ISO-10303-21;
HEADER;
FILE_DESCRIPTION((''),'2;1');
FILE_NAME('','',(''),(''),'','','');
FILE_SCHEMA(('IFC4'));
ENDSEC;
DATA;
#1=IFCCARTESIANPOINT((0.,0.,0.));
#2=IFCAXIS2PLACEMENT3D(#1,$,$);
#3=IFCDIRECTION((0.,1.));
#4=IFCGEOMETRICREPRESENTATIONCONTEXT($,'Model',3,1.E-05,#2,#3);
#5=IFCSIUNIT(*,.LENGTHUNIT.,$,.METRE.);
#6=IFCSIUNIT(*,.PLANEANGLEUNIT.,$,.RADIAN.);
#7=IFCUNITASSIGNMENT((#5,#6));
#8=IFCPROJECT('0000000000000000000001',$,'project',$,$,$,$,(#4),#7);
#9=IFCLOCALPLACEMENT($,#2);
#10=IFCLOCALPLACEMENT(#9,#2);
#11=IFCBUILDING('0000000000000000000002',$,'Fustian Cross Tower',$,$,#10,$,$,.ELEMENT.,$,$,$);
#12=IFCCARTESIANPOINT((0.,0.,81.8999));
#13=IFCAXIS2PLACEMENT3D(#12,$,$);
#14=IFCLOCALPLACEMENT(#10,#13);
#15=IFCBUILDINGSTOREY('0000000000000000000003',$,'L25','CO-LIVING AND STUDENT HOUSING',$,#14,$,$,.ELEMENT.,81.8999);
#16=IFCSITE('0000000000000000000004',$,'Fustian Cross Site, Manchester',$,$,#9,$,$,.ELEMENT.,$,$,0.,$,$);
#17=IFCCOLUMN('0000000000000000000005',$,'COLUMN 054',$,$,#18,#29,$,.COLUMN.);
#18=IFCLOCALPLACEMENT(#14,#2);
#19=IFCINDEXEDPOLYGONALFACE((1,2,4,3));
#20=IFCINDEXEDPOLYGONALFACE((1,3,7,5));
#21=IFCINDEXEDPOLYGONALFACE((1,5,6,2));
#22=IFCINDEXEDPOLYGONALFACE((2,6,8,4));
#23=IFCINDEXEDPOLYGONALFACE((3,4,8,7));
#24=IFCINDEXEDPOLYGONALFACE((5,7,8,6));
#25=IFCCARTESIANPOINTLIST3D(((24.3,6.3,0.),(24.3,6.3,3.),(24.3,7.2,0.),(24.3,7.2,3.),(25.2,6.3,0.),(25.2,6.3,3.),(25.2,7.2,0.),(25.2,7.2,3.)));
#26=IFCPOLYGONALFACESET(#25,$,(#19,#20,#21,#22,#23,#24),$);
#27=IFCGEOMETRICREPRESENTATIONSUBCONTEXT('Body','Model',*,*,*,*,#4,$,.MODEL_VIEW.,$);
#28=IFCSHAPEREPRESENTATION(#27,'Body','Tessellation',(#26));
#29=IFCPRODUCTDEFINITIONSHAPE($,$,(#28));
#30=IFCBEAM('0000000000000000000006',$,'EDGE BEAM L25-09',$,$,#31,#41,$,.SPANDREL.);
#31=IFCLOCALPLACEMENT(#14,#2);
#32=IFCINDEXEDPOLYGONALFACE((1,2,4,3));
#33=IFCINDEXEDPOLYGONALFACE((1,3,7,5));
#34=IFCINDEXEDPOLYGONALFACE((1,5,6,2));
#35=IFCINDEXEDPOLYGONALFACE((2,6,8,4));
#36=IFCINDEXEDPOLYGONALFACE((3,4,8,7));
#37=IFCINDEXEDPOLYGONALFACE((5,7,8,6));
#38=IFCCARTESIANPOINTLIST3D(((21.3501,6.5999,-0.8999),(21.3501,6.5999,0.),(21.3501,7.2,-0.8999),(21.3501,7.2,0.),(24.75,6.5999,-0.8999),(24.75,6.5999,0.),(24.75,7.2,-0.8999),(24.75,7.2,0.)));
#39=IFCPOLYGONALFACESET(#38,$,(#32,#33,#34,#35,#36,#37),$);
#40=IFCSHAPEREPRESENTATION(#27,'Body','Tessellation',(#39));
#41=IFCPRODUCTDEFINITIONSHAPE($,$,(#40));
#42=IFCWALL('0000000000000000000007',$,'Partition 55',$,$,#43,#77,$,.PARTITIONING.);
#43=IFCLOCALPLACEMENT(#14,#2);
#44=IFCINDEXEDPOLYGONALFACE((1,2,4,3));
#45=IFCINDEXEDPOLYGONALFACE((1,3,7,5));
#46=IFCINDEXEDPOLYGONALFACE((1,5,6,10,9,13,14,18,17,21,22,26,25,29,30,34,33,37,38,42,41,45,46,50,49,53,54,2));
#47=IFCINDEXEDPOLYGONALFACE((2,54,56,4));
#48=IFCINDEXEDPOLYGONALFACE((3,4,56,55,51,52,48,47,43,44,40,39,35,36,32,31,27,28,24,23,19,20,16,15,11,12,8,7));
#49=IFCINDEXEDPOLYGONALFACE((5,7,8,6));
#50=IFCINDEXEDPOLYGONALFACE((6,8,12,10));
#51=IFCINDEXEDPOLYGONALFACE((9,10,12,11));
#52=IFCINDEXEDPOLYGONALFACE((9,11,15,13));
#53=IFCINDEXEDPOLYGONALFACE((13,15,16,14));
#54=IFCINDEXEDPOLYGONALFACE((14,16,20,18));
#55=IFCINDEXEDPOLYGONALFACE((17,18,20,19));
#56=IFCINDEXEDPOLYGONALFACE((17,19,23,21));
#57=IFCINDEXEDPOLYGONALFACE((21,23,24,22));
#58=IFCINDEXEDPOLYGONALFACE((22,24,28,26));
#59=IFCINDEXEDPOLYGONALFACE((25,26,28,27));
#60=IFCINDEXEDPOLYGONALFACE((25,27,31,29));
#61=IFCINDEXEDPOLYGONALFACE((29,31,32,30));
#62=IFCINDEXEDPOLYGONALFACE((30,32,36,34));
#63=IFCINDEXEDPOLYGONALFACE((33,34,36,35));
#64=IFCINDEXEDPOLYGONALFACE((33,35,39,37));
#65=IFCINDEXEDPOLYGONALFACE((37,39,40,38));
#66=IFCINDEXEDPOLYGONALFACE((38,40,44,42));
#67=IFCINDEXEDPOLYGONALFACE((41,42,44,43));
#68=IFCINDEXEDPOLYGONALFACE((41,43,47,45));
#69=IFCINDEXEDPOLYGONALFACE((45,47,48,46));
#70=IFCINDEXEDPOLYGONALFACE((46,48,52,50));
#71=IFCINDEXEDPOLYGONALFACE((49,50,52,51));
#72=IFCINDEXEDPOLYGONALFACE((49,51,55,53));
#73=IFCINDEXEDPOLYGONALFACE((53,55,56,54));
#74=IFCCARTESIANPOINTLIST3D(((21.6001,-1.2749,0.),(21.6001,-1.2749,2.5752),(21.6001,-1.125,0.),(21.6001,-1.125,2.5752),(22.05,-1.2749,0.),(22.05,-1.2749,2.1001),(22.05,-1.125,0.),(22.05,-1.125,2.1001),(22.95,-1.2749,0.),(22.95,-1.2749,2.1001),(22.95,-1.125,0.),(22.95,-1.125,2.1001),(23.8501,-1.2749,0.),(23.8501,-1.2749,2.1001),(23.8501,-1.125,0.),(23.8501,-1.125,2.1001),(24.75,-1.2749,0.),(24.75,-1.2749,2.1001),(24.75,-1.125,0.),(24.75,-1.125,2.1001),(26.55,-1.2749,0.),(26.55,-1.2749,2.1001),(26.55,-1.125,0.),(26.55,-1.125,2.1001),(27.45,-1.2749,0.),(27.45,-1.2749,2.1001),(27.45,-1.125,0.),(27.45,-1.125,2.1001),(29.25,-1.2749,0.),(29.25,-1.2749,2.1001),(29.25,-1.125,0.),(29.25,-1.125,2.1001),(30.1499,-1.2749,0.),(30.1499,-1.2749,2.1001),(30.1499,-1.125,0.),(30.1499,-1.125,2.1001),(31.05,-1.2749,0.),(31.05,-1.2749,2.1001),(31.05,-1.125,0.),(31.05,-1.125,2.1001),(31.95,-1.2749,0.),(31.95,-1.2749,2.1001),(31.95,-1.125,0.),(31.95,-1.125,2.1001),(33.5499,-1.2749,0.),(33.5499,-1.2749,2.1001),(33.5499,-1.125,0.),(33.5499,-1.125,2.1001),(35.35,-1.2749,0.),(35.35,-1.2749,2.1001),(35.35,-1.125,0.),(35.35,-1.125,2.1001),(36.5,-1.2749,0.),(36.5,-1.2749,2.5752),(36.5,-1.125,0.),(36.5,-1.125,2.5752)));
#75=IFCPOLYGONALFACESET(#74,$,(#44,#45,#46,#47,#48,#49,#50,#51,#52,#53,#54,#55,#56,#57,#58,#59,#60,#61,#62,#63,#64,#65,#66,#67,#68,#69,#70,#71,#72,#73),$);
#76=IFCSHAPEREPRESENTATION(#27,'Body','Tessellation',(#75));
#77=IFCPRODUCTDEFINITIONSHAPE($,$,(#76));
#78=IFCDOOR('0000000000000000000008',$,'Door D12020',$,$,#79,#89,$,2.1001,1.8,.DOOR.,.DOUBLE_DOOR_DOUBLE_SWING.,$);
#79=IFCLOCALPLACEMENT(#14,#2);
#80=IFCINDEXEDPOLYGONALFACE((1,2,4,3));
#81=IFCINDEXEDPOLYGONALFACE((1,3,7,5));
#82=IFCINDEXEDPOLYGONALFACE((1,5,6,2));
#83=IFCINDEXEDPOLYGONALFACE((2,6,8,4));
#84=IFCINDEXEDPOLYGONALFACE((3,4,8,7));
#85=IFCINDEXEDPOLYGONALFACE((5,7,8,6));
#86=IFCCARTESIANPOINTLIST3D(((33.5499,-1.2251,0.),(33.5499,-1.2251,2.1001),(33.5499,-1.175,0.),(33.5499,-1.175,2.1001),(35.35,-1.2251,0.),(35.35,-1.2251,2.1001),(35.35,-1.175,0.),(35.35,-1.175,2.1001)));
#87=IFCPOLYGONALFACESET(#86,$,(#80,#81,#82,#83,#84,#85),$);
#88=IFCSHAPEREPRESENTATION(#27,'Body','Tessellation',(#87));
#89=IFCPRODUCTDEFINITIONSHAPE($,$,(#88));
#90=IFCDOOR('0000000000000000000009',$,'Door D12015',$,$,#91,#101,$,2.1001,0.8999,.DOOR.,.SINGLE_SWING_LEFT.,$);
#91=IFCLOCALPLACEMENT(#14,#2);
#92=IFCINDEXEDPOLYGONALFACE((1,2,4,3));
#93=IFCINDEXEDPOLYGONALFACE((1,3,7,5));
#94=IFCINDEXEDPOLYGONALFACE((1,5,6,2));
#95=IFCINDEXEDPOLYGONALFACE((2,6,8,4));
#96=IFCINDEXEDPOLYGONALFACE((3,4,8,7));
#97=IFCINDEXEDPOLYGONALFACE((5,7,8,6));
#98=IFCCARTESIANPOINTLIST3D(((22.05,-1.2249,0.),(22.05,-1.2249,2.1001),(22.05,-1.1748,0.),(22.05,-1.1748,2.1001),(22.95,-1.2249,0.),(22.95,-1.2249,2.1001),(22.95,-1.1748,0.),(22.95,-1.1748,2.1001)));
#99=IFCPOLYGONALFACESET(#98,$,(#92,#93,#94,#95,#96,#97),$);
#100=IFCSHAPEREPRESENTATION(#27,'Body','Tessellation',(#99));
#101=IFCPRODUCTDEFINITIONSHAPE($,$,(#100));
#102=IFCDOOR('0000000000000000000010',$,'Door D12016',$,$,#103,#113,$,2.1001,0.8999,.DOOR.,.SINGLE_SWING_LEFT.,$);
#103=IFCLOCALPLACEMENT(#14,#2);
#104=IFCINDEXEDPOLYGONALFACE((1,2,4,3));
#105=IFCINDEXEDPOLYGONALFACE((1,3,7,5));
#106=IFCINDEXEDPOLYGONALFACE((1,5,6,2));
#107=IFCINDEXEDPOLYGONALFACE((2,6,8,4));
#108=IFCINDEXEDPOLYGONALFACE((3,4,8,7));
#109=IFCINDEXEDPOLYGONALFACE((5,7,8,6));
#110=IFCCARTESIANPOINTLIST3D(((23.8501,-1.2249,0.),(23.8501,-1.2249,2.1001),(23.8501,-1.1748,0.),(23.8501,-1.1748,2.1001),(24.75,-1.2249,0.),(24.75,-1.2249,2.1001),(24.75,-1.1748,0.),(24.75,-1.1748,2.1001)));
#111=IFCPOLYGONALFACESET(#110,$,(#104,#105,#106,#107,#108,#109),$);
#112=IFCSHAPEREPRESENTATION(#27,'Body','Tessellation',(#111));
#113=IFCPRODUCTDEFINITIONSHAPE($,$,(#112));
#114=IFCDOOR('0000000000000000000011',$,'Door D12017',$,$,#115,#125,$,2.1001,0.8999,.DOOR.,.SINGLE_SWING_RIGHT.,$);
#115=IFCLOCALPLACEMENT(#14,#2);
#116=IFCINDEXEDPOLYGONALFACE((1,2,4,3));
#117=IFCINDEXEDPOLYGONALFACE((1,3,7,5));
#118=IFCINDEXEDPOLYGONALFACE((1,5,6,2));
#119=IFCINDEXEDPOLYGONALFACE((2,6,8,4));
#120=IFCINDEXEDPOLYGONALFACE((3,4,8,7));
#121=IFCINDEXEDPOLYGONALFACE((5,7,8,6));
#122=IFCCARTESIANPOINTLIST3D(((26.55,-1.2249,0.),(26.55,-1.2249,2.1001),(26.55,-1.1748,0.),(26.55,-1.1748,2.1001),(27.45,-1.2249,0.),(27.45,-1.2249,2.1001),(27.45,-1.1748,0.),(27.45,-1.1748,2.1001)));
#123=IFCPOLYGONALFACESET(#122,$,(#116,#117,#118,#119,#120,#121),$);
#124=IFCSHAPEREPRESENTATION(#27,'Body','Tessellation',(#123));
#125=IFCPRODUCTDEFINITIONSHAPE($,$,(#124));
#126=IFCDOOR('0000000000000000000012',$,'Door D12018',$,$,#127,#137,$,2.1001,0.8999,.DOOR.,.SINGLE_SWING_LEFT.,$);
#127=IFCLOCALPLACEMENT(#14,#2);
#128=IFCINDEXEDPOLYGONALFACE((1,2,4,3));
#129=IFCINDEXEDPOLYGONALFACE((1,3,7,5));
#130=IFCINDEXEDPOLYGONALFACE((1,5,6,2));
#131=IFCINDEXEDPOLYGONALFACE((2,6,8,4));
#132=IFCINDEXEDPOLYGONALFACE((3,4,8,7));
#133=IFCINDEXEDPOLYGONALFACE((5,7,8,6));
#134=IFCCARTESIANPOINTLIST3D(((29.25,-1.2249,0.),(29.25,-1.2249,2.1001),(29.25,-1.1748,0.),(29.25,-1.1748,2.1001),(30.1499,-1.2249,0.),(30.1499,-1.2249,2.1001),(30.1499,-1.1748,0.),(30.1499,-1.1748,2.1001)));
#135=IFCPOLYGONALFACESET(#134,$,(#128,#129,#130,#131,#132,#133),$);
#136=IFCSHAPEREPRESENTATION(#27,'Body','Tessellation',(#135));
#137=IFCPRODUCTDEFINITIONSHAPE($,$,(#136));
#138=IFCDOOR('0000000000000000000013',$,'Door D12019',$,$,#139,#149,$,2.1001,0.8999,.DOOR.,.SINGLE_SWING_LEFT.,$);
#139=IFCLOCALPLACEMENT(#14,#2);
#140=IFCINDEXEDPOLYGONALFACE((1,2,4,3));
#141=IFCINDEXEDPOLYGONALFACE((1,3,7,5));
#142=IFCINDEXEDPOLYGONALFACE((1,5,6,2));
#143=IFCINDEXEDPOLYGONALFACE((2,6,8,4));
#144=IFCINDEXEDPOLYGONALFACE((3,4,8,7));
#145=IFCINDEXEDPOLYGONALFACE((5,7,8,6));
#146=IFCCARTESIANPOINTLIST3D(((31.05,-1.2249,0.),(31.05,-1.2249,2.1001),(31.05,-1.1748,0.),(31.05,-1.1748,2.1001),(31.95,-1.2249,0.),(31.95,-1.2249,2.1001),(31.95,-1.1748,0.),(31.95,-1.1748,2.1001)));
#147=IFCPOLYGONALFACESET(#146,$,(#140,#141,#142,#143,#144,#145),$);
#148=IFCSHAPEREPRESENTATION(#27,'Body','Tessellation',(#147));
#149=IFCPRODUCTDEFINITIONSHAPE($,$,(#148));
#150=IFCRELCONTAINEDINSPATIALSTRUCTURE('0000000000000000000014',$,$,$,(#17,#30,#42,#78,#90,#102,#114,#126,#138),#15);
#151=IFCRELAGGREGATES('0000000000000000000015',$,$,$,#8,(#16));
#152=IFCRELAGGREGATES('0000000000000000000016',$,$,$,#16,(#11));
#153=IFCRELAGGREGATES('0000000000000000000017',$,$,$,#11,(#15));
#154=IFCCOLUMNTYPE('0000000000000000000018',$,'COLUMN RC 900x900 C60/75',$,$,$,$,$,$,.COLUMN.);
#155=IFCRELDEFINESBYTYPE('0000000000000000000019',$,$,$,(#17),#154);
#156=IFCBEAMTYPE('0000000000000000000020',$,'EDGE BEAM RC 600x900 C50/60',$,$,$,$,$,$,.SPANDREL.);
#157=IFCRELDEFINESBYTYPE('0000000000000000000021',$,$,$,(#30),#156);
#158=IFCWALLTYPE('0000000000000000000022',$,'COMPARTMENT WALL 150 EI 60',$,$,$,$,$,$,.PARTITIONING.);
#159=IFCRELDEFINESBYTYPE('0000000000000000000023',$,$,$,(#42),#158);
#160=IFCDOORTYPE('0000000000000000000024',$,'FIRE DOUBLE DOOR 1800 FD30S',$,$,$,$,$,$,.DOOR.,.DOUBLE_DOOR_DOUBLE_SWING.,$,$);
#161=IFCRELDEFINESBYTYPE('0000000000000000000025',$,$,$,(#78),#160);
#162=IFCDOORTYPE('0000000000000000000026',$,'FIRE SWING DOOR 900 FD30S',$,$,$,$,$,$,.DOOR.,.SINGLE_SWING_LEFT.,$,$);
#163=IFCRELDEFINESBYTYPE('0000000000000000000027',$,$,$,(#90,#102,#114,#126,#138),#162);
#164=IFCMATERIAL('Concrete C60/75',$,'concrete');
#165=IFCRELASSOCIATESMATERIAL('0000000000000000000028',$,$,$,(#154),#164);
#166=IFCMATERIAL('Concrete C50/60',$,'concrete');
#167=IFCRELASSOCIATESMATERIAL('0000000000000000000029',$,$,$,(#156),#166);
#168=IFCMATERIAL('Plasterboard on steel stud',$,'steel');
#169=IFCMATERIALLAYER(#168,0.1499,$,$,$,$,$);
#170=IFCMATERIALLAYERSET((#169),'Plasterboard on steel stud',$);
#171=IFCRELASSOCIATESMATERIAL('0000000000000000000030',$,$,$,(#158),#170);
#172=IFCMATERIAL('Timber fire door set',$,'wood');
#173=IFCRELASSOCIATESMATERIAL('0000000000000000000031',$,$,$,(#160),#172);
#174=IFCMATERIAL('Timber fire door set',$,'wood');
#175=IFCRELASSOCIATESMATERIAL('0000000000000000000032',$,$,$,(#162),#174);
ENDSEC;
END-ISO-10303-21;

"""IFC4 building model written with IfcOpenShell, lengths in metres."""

from ifc_helpers import new_model, si_unit, direction, frame, frame_2d, origin, origin_2d, place, context, subcontext, project, spatial, rectangle, extrude, material, layer, layer_set, material_profile, profile_set, type_object, element, fill, save


model = new_model("IFC4")

# Units and contexts
model_context = context("Model", 3, precision=1e-05, world=origin(), true_north=direction((0.0, 1.0)))
body_context = subcontext(model_context, "Body", "Model", "MODEL_VIEW")
ifc_project = project(units=[si_unit("LENGTHUNIT", "METRE"), si_unit("PLANEANGLEUNIT", "RADIAN")], contexts=[model_context])

# Site, building, storey
site_placement = place(None, origin())
site = spatial("IfcSite", under=ifc_project, at=site_placement, Name="Fustian Cross Site, Manchester", CompositionType="ELEMENT", RefElevation=0.0)
building_placement = place(site_placement, origin())
building = spatial("IfcBuilding", under=site, at=building_placement, Name="Fustian Cross Tower", CompositionType="ELEMENT")
storey_placement = place(building_placement, frame((0.0, 0.0, 81.8999)))
storey = spatial("IfcBuildingStorey", under=building, at=storey_placement, Name="L25", Description="CO-LIVING AND STUDENT HOUSING", CompositionType="ELEMENT", Elevation=81.8999)

# Column
ifc_material_1 = material(Name="Concrete C60/75", Category="concrete")
ifc_material_profile_1 = material_profile(ifc_material_1, rectangle(XDim=0.8999, YDim=0.8999, at=origin_2d()), Name="RC 900x900")
ifc_profile_set_1 = profile_set([ifc_material_profile_1], Name="Concrete C60/75")
column_type = type_object("IfcColumnType", Name="COLUMN RC 900x900 C60/75", PredefinedType="COLUMN", material=ifc_profile_set_1)
column_placement = place(storey_placement, frame((24.75, 6.75, 0.0), z_axis=(0.0, 0.0, 1.0), x_axis=(1.0, 0.0, 0.0)))
element("IfcColumn", 1, at=column_placement, inside=storey, type_object=column_type, Name="COLUMN 054", PredefinedType="COLUMN", context=body_context, shape_type="SweptSolid", body=[
    extrude(rectangle(XDim=0.8999, YDim=0.8999, at=origin_2d()), origin(), (0.0, 0.0, 1.0), 3.0),
])

# Beam
ifc_material_2 = material(Name="Concrete C50/60", Category="concrete")
ifc_material_profile_2 = material_profile(ifc_material_2, rectangle(XDim=0.6001, YDim=0.8999, at=origin_2d()), Name="RC 600x900")
ifc_profile_set_2 = profile_set([ifc_material_profile_2], Name="Concrete C50/60")
beam_type = type_object("IfcBeamType", Name="EDGE BEAM RC 600x900 C50/60", PredefinedType="SPANDREL", material=ifc_profile_set_2)
beam_placement = place(storey_placement, frame((24.75, 6.8999, -0.45), z_axis=(-1.0, 0.0, 0.0), x_axis=(0.0, -1.0, 0.0)))
element("IfcBeam", 2, at=beam_placement, inside=storey, type_object=beam_type, Name="EDGE BEAM L25-09", PredefinedType="SPANDREL", context=body_context, shape_type="SweptSolid", body=[
    extrude(rectangle(XDim=0.6001, YDim=0.8999, at=origin_2d()), origin(), (0.0, 0.0, 1.0), 3.3999),
])

# Wall, openings, doors
ifc_material_3 = material(Name="Plasterboard on steel stud", Category="steel")
ifc_layer_1 = layer(ifc_material_3, 0.1499)
ifc_layer_set_1 = layer_set([ifc_layer_1], Name="Plasterboard on steel stud")
wall_type_1 = type_object("IfcWallType", Name="COMPARTMENT WALL 150 EI 60", PredefinedType="PARTITIONING", material=ifc_layer_set_1)
wall_1_placement = place(storey_placement, frame((21.6001, -1.2, 0.0), z_axis=(0.0, 0.0, 1.0), x_axis=(1.0, 0.0, 0.0)))
wall_1 = element("IfcWall", 3, at=wall_1_placement, inside=storey, type_object=wall_type_1, Name="Partition 55", PredefinedType="PARTITIONING", context=body_context, shape_type="SweptSolid", body=[
    extrude(rectangle(XDim=14.8999, YDim=0.1499, at=frame_2d((7.45, 0.0))), origin(), (0.0, 0.0, 1.0), 2.5752),
])
opening_1_placement = place(wall_1_placement, frame((0.45, 0.0, 0.0)))
opening_1 = element("IfcOpeningElement", 4, at=opening_1_placement, cuts=wall_1, PredefinedType="OPENING", context=body_context, shape_type="SweptSolid", body=[
    extrude(rectangle(XDim=0.8999, YDim=2.1001, at=frame_2d((0.45, 1.05))), frame((0.0, 0.085, 0.0), z_axis=(0.0, -1.0, 0.0), x_axis=(1.0, 0.0, 0.0)), (0.0, 0.0, 1.0), 0.1699),
])
opening_2_placement = place(wall_1_placement, frame((2.25, 0.0, 0.0)))
opening_2 = element("IfcOpeningElement", 5, at=opening_2_placement, cuts=wall_1, PredefinedType="OPENING", context=body_context, shape_type="SweptSolid", body=[
    extrude(rectangle(XDim=0.8999, YDim=2.1001, at=frame_2d((0.45, 1.05))), frame((0.0, 0.085, 0.0), z_axis=(0.0, -1.0, 0.0), x_axis=(1.0, 0.0, 0.0)), (0.0, 0.0, 1.0), 0.1699),
])
opening_3_placement = place(wall_1_placement, frame((4.95, 0.0, 0.0)))
opening_3 = element("IfcOpeningElement", 6, at=opening_3_placement, cuts=wall_1, PredefinedType="OPENING", context=body_context, shape_type="SweptSolid", body=[
    extrude(rectangle(XDim=0.8999, YDim=2.1001, at=frame_2d((0.45, 1.05))), frame((0.0, 0.085, 0.0), z_axis=(0.0, -1.0, 0.0), x_axis=(1.0, 0.0, 0.0)), (0.0, 0.0, 1.0), 0.1699),
])
opening_4_placement = place(wall_1_placement, frame((7.6499, 0.0, 0.0)))
opening_4 = element("IfcOpeningElement", 7, at=opening_4_placement, cuts=wall_1, PredefinedType="OPENING", context=body_context, shape_type="SweptSolid", body=[
    extrude(rectangle(XDim=0.8999, YDim=2.1001, at=frame_2d((0.45, 1.05))), frame((0.0, 0.085, 0.0), z_axis=(0.0, -1.0, 0.0), x_axis=(1.0, 0.0, 0.0)), (0.0, 0.0, 1.0), 0.1699),
])
opening_5_placement = place(wall_1_placement, frame((9.45, 0.0, 0.0)))
opening_5 = element("IfcOpeningElement", 8, at=opening_5_placement, cuts=wall_1, PredefinedType="OPENING", context=body_context, shape_type="SweptSolid", body=[
    extrude(rectangle(XDim=0.8999, YDim=2.1001, at=frame_2d((0.45, 1.05))), frame((0.0, 0.085, 0.0), z_axis=(0.0, -1.0, 0.0), x_axis=(1.0, 0.0, 0.0)), (0.0, 0.0, 1.0), 0.1699),
])
opening_6_placement = place(wall_1_placement, frame((11.95, 0.0, 0.0)))
opening_6 = element("IfcOpeningElement", 9, at=opening_6_placement, cuts=wall_1, PredefinedType="OPENING", context=body_context, shape_type="SweptSolid", body=[
    extrude(rectangle(XDim=1.8, YDim=2.1001, at=frame_2d((0.8999, 1.05))), frame((0.0, 0.085, 0.0), z_axis=(0.0, -1.0, 0.0), x_axis=(1.0, 0.0, 0.0)), (0.0, 0.0, 1.0), 0.1699),
])
ifc_material_4 = material(Name="Timber fire door set", Category="wood")
door_type_1 = type_object("IfcDoorType", Name="FIRE DOUBLE DOOR 1800 FD30S", OperationType="DOUBLE_DOOR_DOUBLE_SWING", PredefinedType="DOOR", material=ifc_material_4)
door_1_placement = place(opening_6_placement, origin())
door_1 = element("IfcDoor", 10, at=door_1_placement, inside=storey, type_object=door_type_1, Name="Door D12020", OperationType="DOUBLE_DOOR_DOUBLE_SWING", OverallHeight=2.1001, OverallWidth=1.8, PredefinedType="DOOR", context=body_context, shape_type="SweptSolid", body=[
    extrude(rectangle(XDim=1.8, YDim=2.1001, at=frame_2d((0.8999, 1.05))), frame((0.0, 0.0249, 0.0), z_axis=(0.0, -1.0, 0.0), x_axis=(1.0, 0.0, 0.0)), (0.0, 0.0, 1.0), 0.05),
])
fill(opening_6, door_1)
ifc_material_5 = material(Name="Timber fire door set", Category="wood")
door_type_2 = type_object("IfcDoorType", Name="FIRE SWING DOOR 900 FD30S", OperationType="SINGLE_SWING_LEFT", PredefinedType="DOOR", material=ifc_material_5)
door_2_placement = place(opening_1_placement, frame((0.8999, 0.0, 0.0), z_axis=(0.0, 0.0, 1.0), x_axis=(-1.0, 0.0, 0.0)))
door_2 = element("IfcDoor", 11, at=door_2_placement, inside=storey, type_object=door_type_2, Name="Door D12015", OperationType="SINGLE_SWING_LEFT", OverallHeight=2.1001, OverallWidth=0.8999, PredefinedType="DOOR", context=body_context, shape_type="SweptSolid", body=[
    extrude(rectangle(XDim=0.8999, YDim=2.1001, at=frame_2d((0.45, 1.05))), frame((0.0, 0.0249, 0.0), z_axis=(0.0, -1.0, 0.0), x_axis=(1.0, 0.0, 0.0)), (0.0, 0.0, 1.0), 0.05),
])
fill(opening_1, door_2)
door_3_placement = place(opening_2_placement, frame((0.8999, 0.0, 0.0), z_axis=(0.0, 0.0, 1.0), x_axis=(-1.0, 0.0, 0.0)))
door_3 = element("IfcDoor", 12, at=door_3_placement, inside=storey, type_object=door_type_2, Name="Door D12016", OperationType="SINGLE_SWING_LEFT", OverallHeight=2.1001, OverallWidth=0.8999, PredefinedType="DOOR", context=body_context, shape_type="SweptSolid", body=[
    extrude(rectangle(XDim=0.8999, YDim=2.1001, at=frame_2d((0.45, 1.05))), frame((0.0, 0.0249, 0.0), z_axis=(0.0, -1.0, 0.0), x_axis=(1.0, 0.0, 0.0)), (0.0, 0.0, 1.0), 0.05),
])
fill(opening_2, door_3)
door_4_placement = place(opening_3_placement, frame((0.8999, 0.0, 0.0), z_axis=(0.0, 0.0, 1.0), x_axis=(-1.0, 0.0, 0.0)))
door_4 = element("IfcDoor", 13, at=door_4_placement, inside=storey, type_object=door_type_2, Name="Door D12017", OperationType="SINGLE_SWING_RIGHT", OverallHeight=2.1001, OverallWidth=0.8999, PredefinedType="DOOR", context=body_context, shape_type="SweptSolid", body=[
    extrude(rectangle(XDim=0.8999, YDim=2.1001, at=frame_2d((0.45, 1.05))), frame((0.0, 0.0249, 0.0), z_axis=(0.0, -1.0, 0.0), x_axis=(1.0, 0.0, 0.0)), (0.0, 0.0, 1.0), 0.05),
])
fill(opening_3, door_4)
door_5_placement = place(opening_4_placement, frame((0.8999, 0.0, 0.0), z_axis=(0.0, 0.0, 1.0), x_axis=(-1.0, 0.0, 0.0)))
door_5 = element("IfcDoor", 14, at=door_5_placement, inside=storey, type_object=door_type_2, Name="Door D12018", OperationType="SINGLE_SWING_LEFT", OverallHeight=2.1001, OverallWidth=0.8999, PredefinedType="DOOR", context=body_context, shape_type="SweptSolid", body=[
    extrude(rectangle(XDim=0.8999, YDim=2.1001, at=frame_2d((0.45, 1.05))), frame((0.0, 0.0249, 0.0), z_axis=(0.0, -1.0, 0.0), x_axis=(1.0, 0.0, 0.0)), (0.0, 0.0, 1.0), 0.05),
])
fill(opening_4, door_5)
door_6_placement = place(opening_5_placement, frame((0.8999, 0.0, 0.0), z_axis=(0.0, 0.0, 1.0), x_axis=(-1.0, 0.0, 0.0)))
door_6 = element("IfcDoor", 15, at=door_6_placement, inside=storey, type_object=door_type_2, Name="Door D12019", OperationType="SINGLE_SWING_LEFT", OverallHeight=2.1001, OverallWidth=0.8999, PredefinedType="DOOR", context=body_context, shape_type="SweptSolid", body=[
    extrude(rectangle(XDim=0.8999, YDim=2.1001, at=frame_2d((0.45, 1.05))), frame((0.0, 0.0249, 0.0), z_axis=(0.0, -1.0, 0.0), x_axis=(1.0, 0.0, 0.0)), (0.0, 0.0, 1.0), 0.05),
])
fill(opening_5, door_6)

save(model, "model.ifc")
